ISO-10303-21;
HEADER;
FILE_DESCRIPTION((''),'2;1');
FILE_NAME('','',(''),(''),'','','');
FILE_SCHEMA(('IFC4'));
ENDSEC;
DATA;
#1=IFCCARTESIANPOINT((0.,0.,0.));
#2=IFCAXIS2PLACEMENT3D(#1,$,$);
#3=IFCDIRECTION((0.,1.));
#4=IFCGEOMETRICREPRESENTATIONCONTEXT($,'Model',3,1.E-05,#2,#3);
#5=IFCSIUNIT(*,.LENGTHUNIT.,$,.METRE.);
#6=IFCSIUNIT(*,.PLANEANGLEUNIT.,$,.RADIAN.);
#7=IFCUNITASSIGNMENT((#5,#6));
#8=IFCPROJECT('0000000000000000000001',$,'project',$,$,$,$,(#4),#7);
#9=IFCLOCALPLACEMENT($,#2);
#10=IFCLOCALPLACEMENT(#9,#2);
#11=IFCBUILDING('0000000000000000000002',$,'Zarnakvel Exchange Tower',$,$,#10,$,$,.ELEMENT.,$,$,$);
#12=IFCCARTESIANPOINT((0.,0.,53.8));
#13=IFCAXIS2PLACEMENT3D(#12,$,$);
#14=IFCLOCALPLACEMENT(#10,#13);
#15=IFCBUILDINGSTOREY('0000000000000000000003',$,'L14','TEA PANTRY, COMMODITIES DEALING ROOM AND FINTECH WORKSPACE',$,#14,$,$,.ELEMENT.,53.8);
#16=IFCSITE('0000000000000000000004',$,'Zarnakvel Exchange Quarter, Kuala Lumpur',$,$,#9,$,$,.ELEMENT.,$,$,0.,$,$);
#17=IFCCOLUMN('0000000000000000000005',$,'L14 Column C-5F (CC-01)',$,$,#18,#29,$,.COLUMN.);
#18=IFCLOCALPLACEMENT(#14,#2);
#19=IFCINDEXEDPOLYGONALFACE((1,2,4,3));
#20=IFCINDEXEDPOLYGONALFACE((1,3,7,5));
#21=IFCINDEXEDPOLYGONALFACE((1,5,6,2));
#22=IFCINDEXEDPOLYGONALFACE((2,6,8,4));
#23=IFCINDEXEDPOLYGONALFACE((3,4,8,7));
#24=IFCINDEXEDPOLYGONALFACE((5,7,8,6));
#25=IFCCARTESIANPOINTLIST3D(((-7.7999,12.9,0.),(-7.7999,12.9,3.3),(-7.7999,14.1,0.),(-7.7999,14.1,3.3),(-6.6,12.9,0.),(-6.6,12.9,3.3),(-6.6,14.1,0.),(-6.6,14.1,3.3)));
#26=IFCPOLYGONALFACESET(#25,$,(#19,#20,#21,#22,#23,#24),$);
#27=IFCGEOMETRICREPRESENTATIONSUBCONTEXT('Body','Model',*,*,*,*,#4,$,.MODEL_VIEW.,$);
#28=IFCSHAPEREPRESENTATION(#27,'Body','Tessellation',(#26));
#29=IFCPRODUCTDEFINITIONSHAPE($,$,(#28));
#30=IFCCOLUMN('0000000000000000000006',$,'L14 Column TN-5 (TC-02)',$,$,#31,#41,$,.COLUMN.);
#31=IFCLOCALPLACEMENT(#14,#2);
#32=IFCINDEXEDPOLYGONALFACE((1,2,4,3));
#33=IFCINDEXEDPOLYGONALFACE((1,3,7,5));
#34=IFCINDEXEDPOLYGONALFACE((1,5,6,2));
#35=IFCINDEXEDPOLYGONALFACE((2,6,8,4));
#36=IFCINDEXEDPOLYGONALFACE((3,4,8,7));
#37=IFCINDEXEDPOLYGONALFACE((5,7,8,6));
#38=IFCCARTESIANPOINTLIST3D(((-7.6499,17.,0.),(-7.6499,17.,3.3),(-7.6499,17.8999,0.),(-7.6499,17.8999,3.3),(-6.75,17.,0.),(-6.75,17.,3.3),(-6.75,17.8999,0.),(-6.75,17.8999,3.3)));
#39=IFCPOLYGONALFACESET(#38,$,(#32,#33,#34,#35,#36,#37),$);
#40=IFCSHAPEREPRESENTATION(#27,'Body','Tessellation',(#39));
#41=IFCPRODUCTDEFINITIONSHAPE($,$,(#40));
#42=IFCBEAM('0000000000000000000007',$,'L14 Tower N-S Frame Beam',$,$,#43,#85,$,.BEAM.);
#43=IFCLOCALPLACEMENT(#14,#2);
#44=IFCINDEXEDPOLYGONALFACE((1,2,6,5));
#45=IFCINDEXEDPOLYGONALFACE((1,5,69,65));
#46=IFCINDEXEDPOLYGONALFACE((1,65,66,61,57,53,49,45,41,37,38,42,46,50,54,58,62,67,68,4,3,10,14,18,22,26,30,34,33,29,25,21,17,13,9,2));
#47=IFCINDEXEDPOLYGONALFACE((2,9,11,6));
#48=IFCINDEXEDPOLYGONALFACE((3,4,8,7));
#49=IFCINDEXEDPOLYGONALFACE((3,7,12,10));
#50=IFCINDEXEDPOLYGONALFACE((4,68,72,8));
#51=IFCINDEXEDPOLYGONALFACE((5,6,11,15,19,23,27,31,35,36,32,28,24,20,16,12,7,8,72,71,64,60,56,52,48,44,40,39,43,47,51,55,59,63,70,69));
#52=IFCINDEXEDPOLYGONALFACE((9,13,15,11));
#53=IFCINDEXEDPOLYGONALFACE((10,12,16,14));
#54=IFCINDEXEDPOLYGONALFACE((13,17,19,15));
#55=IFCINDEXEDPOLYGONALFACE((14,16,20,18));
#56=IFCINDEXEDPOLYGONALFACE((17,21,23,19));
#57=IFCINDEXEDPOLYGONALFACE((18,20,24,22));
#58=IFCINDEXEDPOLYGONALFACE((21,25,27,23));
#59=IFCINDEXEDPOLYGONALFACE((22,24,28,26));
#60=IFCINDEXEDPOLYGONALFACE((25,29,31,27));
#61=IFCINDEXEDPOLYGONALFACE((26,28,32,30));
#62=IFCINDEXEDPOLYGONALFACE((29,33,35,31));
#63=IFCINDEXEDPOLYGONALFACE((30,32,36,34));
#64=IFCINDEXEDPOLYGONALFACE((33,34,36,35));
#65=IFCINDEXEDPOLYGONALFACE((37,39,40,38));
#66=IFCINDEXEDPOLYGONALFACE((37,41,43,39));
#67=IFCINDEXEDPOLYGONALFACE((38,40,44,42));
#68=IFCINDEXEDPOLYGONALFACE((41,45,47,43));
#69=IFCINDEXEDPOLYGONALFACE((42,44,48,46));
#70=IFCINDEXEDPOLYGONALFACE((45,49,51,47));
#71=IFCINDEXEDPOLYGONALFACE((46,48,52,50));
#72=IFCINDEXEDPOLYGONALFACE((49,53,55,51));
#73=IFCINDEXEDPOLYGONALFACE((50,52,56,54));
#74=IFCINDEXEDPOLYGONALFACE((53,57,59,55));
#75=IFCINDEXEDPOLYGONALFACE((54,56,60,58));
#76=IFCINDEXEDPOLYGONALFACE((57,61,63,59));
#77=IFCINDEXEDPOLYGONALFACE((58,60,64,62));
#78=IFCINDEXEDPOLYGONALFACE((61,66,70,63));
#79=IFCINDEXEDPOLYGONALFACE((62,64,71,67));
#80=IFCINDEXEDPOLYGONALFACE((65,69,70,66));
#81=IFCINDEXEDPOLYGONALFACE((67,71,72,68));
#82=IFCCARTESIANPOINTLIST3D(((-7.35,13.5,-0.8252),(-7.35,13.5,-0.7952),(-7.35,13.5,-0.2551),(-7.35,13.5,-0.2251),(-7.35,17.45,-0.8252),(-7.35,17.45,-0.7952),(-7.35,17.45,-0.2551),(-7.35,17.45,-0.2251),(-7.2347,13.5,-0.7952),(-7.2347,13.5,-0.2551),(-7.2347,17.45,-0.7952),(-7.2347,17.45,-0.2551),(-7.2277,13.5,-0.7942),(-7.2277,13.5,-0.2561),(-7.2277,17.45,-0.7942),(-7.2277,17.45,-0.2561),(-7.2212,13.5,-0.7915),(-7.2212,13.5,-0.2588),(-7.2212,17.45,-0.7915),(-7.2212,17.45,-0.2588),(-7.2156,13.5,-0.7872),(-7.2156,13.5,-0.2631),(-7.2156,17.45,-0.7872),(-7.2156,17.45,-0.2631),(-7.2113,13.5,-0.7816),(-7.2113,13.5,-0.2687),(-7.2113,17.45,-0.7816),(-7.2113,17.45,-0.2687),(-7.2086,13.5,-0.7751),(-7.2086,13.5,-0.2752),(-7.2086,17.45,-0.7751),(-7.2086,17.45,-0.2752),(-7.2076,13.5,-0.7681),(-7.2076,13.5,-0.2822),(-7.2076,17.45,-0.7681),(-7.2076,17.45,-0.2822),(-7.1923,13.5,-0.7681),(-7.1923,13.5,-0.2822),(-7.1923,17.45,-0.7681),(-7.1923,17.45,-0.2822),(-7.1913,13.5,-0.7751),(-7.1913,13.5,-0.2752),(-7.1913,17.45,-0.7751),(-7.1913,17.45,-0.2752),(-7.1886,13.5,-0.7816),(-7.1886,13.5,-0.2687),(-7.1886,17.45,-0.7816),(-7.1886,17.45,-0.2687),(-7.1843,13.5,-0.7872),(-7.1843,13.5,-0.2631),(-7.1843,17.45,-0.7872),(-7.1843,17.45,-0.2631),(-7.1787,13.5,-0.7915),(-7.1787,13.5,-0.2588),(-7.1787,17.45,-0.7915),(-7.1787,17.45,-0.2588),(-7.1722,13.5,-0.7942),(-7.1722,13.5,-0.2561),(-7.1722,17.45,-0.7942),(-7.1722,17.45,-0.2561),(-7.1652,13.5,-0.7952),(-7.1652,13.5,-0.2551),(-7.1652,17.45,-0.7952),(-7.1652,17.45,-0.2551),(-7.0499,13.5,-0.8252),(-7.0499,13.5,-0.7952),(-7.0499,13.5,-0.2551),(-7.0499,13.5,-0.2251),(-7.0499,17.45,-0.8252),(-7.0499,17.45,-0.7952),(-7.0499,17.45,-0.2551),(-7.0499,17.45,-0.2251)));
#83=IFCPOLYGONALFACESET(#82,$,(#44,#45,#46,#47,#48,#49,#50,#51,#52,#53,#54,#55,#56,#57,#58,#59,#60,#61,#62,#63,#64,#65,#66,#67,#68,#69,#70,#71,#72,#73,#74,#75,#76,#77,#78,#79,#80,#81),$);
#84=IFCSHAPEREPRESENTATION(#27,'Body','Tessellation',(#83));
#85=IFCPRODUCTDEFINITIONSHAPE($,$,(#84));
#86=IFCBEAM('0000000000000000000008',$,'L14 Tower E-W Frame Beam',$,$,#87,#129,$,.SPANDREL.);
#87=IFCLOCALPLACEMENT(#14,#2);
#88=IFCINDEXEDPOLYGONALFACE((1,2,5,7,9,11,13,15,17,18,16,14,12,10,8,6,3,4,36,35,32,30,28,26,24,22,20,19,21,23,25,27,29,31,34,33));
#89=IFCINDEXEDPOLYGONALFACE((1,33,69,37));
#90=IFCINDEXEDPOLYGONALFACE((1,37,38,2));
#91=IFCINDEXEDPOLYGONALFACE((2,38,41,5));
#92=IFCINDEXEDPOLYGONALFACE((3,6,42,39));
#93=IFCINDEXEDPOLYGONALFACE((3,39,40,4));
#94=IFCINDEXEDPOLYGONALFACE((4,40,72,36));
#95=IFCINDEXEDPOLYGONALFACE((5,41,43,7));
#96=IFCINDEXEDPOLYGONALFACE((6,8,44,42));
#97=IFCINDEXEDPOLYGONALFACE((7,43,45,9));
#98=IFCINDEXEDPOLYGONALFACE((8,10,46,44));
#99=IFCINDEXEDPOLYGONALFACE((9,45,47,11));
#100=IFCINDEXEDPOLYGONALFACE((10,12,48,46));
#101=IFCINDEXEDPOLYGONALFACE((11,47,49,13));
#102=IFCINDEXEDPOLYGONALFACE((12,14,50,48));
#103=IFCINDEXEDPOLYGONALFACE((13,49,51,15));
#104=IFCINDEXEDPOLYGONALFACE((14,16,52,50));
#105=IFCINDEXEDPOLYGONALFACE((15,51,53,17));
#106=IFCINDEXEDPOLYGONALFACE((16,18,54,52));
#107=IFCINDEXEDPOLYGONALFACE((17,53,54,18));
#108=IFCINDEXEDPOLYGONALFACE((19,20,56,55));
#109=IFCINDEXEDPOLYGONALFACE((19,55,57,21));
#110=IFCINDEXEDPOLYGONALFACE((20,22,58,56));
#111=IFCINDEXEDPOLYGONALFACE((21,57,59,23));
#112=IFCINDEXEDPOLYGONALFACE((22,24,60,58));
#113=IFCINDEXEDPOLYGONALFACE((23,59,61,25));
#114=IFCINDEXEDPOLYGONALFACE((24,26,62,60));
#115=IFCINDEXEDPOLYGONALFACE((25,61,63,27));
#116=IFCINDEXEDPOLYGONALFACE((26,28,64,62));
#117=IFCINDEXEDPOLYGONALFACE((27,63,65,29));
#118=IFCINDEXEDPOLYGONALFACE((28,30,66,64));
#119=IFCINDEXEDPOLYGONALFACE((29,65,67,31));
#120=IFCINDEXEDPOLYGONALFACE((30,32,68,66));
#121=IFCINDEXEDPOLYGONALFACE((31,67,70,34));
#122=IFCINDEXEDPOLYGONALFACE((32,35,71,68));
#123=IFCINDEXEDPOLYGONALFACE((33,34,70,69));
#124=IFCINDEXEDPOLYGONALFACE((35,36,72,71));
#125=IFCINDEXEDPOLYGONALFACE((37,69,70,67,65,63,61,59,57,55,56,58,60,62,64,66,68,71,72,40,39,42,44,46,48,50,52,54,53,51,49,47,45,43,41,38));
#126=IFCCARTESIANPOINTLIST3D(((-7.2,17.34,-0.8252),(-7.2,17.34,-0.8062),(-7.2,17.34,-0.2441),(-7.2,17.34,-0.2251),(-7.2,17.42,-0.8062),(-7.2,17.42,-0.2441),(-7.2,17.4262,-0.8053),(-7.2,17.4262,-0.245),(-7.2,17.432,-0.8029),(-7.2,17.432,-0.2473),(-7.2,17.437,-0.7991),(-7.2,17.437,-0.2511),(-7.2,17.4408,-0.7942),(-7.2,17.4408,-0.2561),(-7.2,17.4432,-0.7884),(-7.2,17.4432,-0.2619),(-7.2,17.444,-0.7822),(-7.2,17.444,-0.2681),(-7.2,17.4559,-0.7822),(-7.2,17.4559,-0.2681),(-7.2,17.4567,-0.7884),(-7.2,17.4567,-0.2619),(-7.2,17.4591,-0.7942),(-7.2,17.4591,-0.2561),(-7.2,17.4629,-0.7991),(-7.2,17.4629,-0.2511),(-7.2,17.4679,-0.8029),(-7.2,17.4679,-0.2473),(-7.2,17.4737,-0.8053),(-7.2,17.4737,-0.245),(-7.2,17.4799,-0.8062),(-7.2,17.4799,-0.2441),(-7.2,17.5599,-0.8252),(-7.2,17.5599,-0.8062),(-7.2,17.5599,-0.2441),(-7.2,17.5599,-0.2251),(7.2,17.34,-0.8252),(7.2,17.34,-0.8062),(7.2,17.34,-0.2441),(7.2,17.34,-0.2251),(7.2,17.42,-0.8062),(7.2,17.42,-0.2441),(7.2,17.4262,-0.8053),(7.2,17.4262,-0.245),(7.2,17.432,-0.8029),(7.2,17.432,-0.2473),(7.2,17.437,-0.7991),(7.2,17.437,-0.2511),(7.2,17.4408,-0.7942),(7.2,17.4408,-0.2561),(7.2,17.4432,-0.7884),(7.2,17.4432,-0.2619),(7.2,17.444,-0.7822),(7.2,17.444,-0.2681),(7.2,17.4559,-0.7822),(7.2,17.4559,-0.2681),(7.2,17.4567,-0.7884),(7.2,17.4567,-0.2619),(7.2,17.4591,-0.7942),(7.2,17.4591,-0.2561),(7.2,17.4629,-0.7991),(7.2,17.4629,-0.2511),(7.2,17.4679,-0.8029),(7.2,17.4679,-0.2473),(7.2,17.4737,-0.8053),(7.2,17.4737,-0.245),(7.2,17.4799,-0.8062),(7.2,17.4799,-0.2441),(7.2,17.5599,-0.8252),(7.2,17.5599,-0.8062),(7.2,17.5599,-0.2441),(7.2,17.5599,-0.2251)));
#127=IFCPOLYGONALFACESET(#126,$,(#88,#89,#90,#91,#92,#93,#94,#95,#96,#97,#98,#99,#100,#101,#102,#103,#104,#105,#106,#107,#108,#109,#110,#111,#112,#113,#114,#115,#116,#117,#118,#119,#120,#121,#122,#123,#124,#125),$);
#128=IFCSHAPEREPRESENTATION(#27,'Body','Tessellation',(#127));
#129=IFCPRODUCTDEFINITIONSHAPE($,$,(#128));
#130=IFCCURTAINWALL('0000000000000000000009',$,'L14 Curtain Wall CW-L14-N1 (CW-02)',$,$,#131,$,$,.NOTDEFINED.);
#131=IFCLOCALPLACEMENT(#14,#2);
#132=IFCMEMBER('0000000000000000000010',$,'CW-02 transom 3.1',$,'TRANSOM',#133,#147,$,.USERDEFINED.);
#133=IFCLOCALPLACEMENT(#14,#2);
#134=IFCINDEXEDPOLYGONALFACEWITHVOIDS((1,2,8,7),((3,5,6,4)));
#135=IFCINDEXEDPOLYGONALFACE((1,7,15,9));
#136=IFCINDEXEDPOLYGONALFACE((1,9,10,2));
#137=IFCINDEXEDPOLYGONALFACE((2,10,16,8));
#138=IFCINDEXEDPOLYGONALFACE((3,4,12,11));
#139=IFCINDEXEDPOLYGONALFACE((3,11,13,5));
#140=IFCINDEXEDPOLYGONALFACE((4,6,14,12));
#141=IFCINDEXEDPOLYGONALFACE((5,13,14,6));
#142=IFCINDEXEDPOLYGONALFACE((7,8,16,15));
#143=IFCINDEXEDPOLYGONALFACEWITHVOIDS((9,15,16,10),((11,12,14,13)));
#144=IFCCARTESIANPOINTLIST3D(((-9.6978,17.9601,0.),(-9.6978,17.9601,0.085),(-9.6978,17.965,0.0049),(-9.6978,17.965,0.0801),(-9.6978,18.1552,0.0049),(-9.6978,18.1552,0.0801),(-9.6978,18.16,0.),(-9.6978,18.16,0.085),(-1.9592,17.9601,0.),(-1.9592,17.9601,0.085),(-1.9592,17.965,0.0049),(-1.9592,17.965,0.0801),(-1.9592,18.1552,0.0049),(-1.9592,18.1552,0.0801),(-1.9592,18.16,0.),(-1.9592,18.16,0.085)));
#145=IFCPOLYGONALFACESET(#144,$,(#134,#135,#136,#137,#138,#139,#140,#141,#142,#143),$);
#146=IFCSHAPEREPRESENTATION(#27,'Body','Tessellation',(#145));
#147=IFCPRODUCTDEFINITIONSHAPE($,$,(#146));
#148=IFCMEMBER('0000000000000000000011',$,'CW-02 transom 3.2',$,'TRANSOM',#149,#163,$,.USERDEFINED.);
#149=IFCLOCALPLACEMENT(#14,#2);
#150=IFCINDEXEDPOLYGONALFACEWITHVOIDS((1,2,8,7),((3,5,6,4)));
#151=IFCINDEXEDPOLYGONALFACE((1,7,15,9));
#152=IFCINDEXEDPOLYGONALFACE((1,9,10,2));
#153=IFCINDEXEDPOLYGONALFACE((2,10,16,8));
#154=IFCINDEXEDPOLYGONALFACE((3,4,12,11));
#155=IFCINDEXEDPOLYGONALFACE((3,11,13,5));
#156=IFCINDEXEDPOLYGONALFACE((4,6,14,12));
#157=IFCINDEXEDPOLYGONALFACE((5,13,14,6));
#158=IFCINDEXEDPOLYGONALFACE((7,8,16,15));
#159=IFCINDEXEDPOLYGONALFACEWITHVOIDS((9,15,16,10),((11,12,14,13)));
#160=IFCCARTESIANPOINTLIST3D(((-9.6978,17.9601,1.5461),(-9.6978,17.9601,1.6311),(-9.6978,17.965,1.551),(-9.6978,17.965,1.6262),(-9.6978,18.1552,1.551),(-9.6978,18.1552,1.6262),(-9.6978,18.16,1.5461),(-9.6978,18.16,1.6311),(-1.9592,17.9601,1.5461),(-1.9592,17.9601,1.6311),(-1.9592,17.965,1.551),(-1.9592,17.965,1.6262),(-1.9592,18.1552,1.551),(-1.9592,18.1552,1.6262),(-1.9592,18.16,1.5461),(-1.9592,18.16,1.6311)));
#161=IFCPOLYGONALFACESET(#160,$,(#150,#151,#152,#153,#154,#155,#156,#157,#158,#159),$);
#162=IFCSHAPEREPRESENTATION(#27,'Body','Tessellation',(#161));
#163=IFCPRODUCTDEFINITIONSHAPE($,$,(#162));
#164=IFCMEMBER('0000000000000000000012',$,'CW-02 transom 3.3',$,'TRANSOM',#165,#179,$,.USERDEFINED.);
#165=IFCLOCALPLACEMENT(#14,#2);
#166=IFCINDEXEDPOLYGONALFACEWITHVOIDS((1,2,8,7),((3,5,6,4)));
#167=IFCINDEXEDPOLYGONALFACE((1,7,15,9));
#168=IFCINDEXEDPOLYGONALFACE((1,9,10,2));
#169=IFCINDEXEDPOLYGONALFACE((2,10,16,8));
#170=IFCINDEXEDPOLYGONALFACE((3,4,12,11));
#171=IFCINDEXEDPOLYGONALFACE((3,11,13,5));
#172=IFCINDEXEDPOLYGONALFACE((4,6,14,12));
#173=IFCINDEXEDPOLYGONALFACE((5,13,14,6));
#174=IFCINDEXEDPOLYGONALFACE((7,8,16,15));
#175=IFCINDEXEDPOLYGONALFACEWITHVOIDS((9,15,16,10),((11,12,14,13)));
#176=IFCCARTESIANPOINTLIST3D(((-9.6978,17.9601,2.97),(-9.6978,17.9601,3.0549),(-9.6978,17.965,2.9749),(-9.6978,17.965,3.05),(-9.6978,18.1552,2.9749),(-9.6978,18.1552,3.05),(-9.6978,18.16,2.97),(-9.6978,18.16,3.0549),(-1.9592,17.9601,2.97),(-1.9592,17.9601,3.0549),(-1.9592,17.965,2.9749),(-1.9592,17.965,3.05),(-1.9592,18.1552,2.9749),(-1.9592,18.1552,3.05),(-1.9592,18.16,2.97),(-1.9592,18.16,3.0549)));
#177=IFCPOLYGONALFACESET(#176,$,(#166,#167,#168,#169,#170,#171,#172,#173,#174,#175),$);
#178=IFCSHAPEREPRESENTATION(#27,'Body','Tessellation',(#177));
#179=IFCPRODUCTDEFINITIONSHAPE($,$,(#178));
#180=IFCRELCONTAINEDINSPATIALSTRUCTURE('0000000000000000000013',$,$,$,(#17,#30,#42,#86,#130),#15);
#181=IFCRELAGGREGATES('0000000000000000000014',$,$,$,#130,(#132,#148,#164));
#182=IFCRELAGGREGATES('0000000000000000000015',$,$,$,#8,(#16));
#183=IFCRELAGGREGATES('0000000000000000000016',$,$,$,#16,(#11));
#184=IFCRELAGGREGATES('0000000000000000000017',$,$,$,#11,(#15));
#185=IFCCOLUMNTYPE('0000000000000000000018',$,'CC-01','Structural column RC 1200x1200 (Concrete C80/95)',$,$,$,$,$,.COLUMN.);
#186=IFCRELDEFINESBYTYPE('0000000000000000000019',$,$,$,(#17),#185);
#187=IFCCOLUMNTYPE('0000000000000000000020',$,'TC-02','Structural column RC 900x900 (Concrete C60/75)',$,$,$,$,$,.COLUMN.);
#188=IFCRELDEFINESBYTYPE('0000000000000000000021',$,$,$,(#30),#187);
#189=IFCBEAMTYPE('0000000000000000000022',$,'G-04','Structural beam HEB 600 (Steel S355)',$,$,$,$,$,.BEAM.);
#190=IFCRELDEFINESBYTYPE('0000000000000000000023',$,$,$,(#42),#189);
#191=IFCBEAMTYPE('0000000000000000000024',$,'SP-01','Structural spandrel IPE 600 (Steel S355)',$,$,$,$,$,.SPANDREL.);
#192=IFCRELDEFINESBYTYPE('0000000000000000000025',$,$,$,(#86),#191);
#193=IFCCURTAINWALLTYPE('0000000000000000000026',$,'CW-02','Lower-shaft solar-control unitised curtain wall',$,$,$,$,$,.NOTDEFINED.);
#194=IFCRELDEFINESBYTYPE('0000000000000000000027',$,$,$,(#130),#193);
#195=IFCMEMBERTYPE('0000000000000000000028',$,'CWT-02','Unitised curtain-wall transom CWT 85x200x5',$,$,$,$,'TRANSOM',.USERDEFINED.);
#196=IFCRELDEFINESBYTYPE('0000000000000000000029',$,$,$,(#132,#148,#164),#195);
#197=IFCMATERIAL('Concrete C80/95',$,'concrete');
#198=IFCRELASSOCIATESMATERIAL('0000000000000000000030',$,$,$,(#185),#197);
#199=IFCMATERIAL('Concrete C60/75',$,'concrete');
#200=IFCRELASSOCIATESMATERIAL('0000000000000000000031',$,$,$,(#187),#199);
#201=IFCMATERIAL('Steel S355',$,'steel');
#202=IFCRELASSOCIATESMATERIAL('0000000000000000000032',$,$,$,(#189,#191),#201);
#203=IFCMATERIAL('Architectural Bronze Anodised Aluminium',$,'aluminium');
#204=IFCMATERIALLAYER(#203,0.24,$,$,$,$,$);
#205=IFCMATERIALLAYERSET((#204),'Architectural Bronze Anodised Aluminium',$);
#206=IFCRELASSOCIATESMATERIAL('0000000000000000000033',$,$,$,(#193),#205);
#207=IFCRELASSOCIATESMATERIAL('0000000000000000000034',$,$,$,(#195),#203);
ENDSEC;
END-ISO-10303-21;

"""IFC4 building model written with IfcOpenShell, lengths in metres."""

from ifc_helpers import new_model, si_unit, direction, frame, origin, origin_2d, place, context, subcontext, project, spatial, rectangle, hollow_rectangle, i_section, extrude, source, transform, mapped, material, layer, layer_set, material_profile, profile_set, type_object, element, aggregate, save


model = new_model("IFC4")

# Units and contexts
model_context = context("Model", 3, precision=1e-05, world=origin(), true_north=direction((0.0, 1.0)))
body_context = subcontext(model_context, "Body", "Model", "MODEL_VIEW")
ifc_project = project(units=[si_unit("LENGTHUNIT", "METRE"), si_unit("PLANEANGLEUNIT", "RADIAN")], contexts=[model_context])

# Site, building, storey
site_placement = place(None, origin())
site = spatial("IfcSite", under=ifc_project, at=site_placement, Name="Zarnakvel Exchange Quarter, Kuala Lumpur", CompositionType="ELEMENT", RefElevation=0.0)
building_placement = place(site_placement, origin())
building = spatial("IfcBuilding", under=site, at=building_placement, Name="Zarnakvel Exchange Tower", CompositionType="ELEMENT")
storey_placement = place(building_placement, frame((0.0, 0.0, 53.8)))
storey = spatial("IfcBuildingStorey", under=building, at=storey_placement, Name="L14", Description="TEA PANTRY, COMMODITIES DEALING ROOM AND FINTECH WORKSPACE", CompositionType="ELEMENT", Elevation=53.8)

# Columns
ifc_material_1 = material(Name="Concrete C80/95", Category="concrete")
ifc_material_profile_1 = material_profile(ifc_material_1, rectangle(XDim=1.2, YDim=1.2, at=origin_2d()))
ifc_profile_set_1 = profile_set([ifc_material_profile_1], Name="Concrete C80/95")
column_type_1 = type_object("IfcColumnType", Name="CC-01", Description="Structural column RC 1200x1200 (Concrete C80/95)", PredefinedType="COLUMN", material=ifc_profile_set_1)
column_1_placement = place(storey_placement, frame((-7.2, 13.5, 0.0), z_axis=(0.0, 0.0, 1.0), x_axis=(1.0, 0.0, 0.0)))
element("IfcColumn", 1, at=column_1_placement, inside=storey, type_object=column_type_1, Name="L14 Column C-5F (CC-01)", PredefinedType="COLUMN", context=body_context, shape_type="SweptSolid", body=[
    extrude(rectangle(XDim=1.2, YDim=1.2, at=origin_2d()), origin(), (0.0, 0.0, 1.0), 3.3),
])
ifc_material_2 = material(Name="Concrete C60/75", Category="concrete")
ifc_material_profile_2 = material_profile(ifc_material_2, rectangle(XDim=0.8999, YDim=0.8999, at=origin_2d()))
ifc_profile_set_2 = profile_set([ifc_material_profile_2], Name="Concrete C60/75")
column_type_2 = type_object("IfcColumnType", Name="TC-02", Description="Structural column RC 900x900 (Concrete C60/75)", PredefinedType="COLUMN", material=ifc_profile_set_2)
column_2_placement = place(storey_placement, frame((-7.2, 17.45, 0.0), z_axis=(0.0, 0.0, 1.0), x_axis=(1.0, 0.0, 0.0)))
element("IfcColumn", 2, at=column_2_placement, inside=storey, type_object=column_type_2, Name="L14 Column TN-5 (TC-02)", PredefinedType="COLUMN", context=body_context, shape_type="SweptSolid", body=[
    extrude(rectangle(XDim=0.8999, YDim=0.8999, at=origin_2d()), origin(), (0.0, 0.0, 1.0), 3.3),
])

# Beams
ifc_material_3 = material(Name="Steel S355", Category="steel")
ifc_material_profile_3 = material_profile(ifc_material_3, i_section(OverallWidth=0.3, OverallDepth=0.6001, WebThickness=0.0154, FlangeThickness=0.03, FilletRadius=0.0271, at=origin_2d()))
ifc_profile_set_3 = profile_set([ifc_material_profile_3], Name="Steel S355")
beam_type_1 = type_object("IfcBeamType", Name="G-04", Description="Structural beam HEB 600 (Steel S355)", PredefinedType="BEAM", material=ifc_profile_set_3)
beam_1_placement = place(storey_placement, frame((-7.2, 13.5, -0.5251), z_axis=(0.0, 1.0, 0.0), x_axis=(-1.0, 0.0, 0.0)))
element("IfcBeam", 3, at=beam_1_placement, inside=storey, type_object=beam_type_1, Name="L14 Tower N-S Frame Beam", PredefinedType="BEAM", context=body_context, shape_type="SweptSolid", body=[
    extrude(i_section(OverallWidth=0.3, OverallDepth=0.6001, WebThickness=0.0154, FlangeThickness=0.03, FilletRadius=0.0271, at=origin_2d()), origin(), (0.0, 0.0, 1.0), 3.95),
])
ifc_material_profile_4 = material_profile(ifc_material_3, i_section(OverallWidth=0.22, OverallDepth=0.6001, WebThickness=0.012, FlangeThickness=0.019, FilletRadius=0.0239, at=origin_2d()))
ifc_profile_set_4 = profile_set([ifc_material_profile_4], Name="Steel S355")
beam_type_2 = type_object("IfcBeamType", Name="SP-01", Description="Structural spandrel IPE 600 (Steel S355)", PredefinedType="SPANDREL", material=ifc_profile_set_4)
beam_2_placement = place(storey_placement, frame((-7.2, 17.45, -0.5251), z_axis=(1.0, 0.0, 0.0), x_axis=(0.0, 1.0, 0.0)))
element("IfcBeam", 4, at=beam_2_placement, inside=storey, type_object=beam_type_2, Name="L14 Tower E-W Frame Beam", PredefinedType="SPANDREL", context=body_context, shape_type="SweptSolid", body=[
    extrude(i_section(OverallWidth=0.22, OverallDepth=0.6001, WebThickness=0.012, FlangeThickness=0.019, FilletRadius=0.0239, at=origin_2d()), origin(), (0.0, 0.0, 1.0), 14.3999),
])

# Curtain wall, members
ifc_material_4 = material(Name="Architectural Bronze Anodised Aluminium", Category="aluminium")
ifc_layer_1 = layer(ifc_material_4, 0.24)
ifc_layer_set_1 = layer_set([ifc_layer_1], Name="Architectural Bronze Anodised Aluminium")
curtain_wall_type = type_object("IfcCurtainWallType", Name="CW-02", Description="Lower-shaft solar-control unitised curtain wall", PredefinedType="NOTDEFINED", material=ifc_layer_set_1)
curtain_wall_placement = place(storey_placement, origin())
curtain_wall = element("IfcCurtainWall", 5, at=curtain_wall_placement, inside=storey, type_object=curtain_wall_type, Name="L14 Curtain Wall CW-L14-N1 (CW-02)", PredefinedType="NOTDEFINED")
ifc_material_profile_5 = material_profile(ifc_material_4, hollow_rectangle(XDim=0.2, YDim=0.085, WallThickness=0.0049, at=origin_2d()))
ifc_profile_set_5 = profile_set([ifc_material_profile_5], Name="Architectural Bronze Anodised Aluminium")
member_type_1 = type_object("IfcMemberType", Name="CWT-02", Description="Unitised curtain-wall transom CWT 85x200x5", ElementType="TRANSOM", PredefinedType="USERDEFINED", material=ifc_profile_set_5)
shared_shape_1 = source(origin(), body_context, "Body", "SweptSolid", [
    extrude(hollow_rectangle(XDim=0.2, YDim=0.085, WallThickness=0.0049, at=origin_2d()), origin(), (0.0, 0.0, 1.0), 7.7385),
])
member_1_placement = place(storey_placement, frame((-9.6978, 18.0601, 0.0425), z_axis=(1.0, 0.0, 0.0), x_axis=(0.0, 1.0, 0.0)))
member_1 = element("IfcMember", 6, at=member_1_placement, type_object=member_type_1, Name="CW-02 transom 3.1", ObjectType="TRANSOM", PredefinedType="USERDEFINED", context=body_context, shape_type="MappedRepresentation", body=[
    mapped(shared_shape_1, transform((0.0, 0.0, 0.0), x_axis=(1.0, 0.0, 0.0), y_axis=(0.0, 1.0, 0.0), z_axis=(0.0, 0.0, 1.0), scale=1.0)),
])
member_2_placement = place(storey_placement, frame((-9.6978, 18.0601, 1.5886), z_axis=(1.0, 0.0, 0.0), x_axis=(0.0, 1.0, 0.0)))
member_2 = element("IfcMember", 7, at=member_2_placement, type_object=member_type_1, Name="CW-02 transom 3.2", ObjectType="TRANSOM", PredefinedType="USERDEFINED", context=body_context, shape_type="MappedRepresentation", body=[
    mapped(shared_shape_1, transform((0.0, 0.0, 0.0), x_axis=(1.0, 0.0, 0.0), y_axis=(0.0, 1.0, 0.0), z_axis=(0.0, 0.0, 1.0), scale=1.0)),
])
member_3_placement = place(storey_placement, frame((-9.6978, 18.0601, 3.0125), z_axis=(1.0, 0.0, 0.0), x_axis=(0.0, 1.0, 0.0)))
member_3 = element("IfcMember", 8, at=member_3_placement, type_object=member_type_1, Name="CW-02 transom 3.3", ObjectType="TRANSOM", PredefinedType="USERDEFINED", context=body_context, shape_type="MappedRepresentation", body=[
    mapped(shared_shape_1, transform((0.0, 0.0, 0.0), x_axis=(1.0, 0.0, 0.0), y_axis=(0.0, 1.0, 0.0), z_axis=(0.0, 0.0, 1.0), scale=1.0)),
])
aggregate(curtain_wall, [member_1, member_2, member_3])

save(model, "model.ifc")
